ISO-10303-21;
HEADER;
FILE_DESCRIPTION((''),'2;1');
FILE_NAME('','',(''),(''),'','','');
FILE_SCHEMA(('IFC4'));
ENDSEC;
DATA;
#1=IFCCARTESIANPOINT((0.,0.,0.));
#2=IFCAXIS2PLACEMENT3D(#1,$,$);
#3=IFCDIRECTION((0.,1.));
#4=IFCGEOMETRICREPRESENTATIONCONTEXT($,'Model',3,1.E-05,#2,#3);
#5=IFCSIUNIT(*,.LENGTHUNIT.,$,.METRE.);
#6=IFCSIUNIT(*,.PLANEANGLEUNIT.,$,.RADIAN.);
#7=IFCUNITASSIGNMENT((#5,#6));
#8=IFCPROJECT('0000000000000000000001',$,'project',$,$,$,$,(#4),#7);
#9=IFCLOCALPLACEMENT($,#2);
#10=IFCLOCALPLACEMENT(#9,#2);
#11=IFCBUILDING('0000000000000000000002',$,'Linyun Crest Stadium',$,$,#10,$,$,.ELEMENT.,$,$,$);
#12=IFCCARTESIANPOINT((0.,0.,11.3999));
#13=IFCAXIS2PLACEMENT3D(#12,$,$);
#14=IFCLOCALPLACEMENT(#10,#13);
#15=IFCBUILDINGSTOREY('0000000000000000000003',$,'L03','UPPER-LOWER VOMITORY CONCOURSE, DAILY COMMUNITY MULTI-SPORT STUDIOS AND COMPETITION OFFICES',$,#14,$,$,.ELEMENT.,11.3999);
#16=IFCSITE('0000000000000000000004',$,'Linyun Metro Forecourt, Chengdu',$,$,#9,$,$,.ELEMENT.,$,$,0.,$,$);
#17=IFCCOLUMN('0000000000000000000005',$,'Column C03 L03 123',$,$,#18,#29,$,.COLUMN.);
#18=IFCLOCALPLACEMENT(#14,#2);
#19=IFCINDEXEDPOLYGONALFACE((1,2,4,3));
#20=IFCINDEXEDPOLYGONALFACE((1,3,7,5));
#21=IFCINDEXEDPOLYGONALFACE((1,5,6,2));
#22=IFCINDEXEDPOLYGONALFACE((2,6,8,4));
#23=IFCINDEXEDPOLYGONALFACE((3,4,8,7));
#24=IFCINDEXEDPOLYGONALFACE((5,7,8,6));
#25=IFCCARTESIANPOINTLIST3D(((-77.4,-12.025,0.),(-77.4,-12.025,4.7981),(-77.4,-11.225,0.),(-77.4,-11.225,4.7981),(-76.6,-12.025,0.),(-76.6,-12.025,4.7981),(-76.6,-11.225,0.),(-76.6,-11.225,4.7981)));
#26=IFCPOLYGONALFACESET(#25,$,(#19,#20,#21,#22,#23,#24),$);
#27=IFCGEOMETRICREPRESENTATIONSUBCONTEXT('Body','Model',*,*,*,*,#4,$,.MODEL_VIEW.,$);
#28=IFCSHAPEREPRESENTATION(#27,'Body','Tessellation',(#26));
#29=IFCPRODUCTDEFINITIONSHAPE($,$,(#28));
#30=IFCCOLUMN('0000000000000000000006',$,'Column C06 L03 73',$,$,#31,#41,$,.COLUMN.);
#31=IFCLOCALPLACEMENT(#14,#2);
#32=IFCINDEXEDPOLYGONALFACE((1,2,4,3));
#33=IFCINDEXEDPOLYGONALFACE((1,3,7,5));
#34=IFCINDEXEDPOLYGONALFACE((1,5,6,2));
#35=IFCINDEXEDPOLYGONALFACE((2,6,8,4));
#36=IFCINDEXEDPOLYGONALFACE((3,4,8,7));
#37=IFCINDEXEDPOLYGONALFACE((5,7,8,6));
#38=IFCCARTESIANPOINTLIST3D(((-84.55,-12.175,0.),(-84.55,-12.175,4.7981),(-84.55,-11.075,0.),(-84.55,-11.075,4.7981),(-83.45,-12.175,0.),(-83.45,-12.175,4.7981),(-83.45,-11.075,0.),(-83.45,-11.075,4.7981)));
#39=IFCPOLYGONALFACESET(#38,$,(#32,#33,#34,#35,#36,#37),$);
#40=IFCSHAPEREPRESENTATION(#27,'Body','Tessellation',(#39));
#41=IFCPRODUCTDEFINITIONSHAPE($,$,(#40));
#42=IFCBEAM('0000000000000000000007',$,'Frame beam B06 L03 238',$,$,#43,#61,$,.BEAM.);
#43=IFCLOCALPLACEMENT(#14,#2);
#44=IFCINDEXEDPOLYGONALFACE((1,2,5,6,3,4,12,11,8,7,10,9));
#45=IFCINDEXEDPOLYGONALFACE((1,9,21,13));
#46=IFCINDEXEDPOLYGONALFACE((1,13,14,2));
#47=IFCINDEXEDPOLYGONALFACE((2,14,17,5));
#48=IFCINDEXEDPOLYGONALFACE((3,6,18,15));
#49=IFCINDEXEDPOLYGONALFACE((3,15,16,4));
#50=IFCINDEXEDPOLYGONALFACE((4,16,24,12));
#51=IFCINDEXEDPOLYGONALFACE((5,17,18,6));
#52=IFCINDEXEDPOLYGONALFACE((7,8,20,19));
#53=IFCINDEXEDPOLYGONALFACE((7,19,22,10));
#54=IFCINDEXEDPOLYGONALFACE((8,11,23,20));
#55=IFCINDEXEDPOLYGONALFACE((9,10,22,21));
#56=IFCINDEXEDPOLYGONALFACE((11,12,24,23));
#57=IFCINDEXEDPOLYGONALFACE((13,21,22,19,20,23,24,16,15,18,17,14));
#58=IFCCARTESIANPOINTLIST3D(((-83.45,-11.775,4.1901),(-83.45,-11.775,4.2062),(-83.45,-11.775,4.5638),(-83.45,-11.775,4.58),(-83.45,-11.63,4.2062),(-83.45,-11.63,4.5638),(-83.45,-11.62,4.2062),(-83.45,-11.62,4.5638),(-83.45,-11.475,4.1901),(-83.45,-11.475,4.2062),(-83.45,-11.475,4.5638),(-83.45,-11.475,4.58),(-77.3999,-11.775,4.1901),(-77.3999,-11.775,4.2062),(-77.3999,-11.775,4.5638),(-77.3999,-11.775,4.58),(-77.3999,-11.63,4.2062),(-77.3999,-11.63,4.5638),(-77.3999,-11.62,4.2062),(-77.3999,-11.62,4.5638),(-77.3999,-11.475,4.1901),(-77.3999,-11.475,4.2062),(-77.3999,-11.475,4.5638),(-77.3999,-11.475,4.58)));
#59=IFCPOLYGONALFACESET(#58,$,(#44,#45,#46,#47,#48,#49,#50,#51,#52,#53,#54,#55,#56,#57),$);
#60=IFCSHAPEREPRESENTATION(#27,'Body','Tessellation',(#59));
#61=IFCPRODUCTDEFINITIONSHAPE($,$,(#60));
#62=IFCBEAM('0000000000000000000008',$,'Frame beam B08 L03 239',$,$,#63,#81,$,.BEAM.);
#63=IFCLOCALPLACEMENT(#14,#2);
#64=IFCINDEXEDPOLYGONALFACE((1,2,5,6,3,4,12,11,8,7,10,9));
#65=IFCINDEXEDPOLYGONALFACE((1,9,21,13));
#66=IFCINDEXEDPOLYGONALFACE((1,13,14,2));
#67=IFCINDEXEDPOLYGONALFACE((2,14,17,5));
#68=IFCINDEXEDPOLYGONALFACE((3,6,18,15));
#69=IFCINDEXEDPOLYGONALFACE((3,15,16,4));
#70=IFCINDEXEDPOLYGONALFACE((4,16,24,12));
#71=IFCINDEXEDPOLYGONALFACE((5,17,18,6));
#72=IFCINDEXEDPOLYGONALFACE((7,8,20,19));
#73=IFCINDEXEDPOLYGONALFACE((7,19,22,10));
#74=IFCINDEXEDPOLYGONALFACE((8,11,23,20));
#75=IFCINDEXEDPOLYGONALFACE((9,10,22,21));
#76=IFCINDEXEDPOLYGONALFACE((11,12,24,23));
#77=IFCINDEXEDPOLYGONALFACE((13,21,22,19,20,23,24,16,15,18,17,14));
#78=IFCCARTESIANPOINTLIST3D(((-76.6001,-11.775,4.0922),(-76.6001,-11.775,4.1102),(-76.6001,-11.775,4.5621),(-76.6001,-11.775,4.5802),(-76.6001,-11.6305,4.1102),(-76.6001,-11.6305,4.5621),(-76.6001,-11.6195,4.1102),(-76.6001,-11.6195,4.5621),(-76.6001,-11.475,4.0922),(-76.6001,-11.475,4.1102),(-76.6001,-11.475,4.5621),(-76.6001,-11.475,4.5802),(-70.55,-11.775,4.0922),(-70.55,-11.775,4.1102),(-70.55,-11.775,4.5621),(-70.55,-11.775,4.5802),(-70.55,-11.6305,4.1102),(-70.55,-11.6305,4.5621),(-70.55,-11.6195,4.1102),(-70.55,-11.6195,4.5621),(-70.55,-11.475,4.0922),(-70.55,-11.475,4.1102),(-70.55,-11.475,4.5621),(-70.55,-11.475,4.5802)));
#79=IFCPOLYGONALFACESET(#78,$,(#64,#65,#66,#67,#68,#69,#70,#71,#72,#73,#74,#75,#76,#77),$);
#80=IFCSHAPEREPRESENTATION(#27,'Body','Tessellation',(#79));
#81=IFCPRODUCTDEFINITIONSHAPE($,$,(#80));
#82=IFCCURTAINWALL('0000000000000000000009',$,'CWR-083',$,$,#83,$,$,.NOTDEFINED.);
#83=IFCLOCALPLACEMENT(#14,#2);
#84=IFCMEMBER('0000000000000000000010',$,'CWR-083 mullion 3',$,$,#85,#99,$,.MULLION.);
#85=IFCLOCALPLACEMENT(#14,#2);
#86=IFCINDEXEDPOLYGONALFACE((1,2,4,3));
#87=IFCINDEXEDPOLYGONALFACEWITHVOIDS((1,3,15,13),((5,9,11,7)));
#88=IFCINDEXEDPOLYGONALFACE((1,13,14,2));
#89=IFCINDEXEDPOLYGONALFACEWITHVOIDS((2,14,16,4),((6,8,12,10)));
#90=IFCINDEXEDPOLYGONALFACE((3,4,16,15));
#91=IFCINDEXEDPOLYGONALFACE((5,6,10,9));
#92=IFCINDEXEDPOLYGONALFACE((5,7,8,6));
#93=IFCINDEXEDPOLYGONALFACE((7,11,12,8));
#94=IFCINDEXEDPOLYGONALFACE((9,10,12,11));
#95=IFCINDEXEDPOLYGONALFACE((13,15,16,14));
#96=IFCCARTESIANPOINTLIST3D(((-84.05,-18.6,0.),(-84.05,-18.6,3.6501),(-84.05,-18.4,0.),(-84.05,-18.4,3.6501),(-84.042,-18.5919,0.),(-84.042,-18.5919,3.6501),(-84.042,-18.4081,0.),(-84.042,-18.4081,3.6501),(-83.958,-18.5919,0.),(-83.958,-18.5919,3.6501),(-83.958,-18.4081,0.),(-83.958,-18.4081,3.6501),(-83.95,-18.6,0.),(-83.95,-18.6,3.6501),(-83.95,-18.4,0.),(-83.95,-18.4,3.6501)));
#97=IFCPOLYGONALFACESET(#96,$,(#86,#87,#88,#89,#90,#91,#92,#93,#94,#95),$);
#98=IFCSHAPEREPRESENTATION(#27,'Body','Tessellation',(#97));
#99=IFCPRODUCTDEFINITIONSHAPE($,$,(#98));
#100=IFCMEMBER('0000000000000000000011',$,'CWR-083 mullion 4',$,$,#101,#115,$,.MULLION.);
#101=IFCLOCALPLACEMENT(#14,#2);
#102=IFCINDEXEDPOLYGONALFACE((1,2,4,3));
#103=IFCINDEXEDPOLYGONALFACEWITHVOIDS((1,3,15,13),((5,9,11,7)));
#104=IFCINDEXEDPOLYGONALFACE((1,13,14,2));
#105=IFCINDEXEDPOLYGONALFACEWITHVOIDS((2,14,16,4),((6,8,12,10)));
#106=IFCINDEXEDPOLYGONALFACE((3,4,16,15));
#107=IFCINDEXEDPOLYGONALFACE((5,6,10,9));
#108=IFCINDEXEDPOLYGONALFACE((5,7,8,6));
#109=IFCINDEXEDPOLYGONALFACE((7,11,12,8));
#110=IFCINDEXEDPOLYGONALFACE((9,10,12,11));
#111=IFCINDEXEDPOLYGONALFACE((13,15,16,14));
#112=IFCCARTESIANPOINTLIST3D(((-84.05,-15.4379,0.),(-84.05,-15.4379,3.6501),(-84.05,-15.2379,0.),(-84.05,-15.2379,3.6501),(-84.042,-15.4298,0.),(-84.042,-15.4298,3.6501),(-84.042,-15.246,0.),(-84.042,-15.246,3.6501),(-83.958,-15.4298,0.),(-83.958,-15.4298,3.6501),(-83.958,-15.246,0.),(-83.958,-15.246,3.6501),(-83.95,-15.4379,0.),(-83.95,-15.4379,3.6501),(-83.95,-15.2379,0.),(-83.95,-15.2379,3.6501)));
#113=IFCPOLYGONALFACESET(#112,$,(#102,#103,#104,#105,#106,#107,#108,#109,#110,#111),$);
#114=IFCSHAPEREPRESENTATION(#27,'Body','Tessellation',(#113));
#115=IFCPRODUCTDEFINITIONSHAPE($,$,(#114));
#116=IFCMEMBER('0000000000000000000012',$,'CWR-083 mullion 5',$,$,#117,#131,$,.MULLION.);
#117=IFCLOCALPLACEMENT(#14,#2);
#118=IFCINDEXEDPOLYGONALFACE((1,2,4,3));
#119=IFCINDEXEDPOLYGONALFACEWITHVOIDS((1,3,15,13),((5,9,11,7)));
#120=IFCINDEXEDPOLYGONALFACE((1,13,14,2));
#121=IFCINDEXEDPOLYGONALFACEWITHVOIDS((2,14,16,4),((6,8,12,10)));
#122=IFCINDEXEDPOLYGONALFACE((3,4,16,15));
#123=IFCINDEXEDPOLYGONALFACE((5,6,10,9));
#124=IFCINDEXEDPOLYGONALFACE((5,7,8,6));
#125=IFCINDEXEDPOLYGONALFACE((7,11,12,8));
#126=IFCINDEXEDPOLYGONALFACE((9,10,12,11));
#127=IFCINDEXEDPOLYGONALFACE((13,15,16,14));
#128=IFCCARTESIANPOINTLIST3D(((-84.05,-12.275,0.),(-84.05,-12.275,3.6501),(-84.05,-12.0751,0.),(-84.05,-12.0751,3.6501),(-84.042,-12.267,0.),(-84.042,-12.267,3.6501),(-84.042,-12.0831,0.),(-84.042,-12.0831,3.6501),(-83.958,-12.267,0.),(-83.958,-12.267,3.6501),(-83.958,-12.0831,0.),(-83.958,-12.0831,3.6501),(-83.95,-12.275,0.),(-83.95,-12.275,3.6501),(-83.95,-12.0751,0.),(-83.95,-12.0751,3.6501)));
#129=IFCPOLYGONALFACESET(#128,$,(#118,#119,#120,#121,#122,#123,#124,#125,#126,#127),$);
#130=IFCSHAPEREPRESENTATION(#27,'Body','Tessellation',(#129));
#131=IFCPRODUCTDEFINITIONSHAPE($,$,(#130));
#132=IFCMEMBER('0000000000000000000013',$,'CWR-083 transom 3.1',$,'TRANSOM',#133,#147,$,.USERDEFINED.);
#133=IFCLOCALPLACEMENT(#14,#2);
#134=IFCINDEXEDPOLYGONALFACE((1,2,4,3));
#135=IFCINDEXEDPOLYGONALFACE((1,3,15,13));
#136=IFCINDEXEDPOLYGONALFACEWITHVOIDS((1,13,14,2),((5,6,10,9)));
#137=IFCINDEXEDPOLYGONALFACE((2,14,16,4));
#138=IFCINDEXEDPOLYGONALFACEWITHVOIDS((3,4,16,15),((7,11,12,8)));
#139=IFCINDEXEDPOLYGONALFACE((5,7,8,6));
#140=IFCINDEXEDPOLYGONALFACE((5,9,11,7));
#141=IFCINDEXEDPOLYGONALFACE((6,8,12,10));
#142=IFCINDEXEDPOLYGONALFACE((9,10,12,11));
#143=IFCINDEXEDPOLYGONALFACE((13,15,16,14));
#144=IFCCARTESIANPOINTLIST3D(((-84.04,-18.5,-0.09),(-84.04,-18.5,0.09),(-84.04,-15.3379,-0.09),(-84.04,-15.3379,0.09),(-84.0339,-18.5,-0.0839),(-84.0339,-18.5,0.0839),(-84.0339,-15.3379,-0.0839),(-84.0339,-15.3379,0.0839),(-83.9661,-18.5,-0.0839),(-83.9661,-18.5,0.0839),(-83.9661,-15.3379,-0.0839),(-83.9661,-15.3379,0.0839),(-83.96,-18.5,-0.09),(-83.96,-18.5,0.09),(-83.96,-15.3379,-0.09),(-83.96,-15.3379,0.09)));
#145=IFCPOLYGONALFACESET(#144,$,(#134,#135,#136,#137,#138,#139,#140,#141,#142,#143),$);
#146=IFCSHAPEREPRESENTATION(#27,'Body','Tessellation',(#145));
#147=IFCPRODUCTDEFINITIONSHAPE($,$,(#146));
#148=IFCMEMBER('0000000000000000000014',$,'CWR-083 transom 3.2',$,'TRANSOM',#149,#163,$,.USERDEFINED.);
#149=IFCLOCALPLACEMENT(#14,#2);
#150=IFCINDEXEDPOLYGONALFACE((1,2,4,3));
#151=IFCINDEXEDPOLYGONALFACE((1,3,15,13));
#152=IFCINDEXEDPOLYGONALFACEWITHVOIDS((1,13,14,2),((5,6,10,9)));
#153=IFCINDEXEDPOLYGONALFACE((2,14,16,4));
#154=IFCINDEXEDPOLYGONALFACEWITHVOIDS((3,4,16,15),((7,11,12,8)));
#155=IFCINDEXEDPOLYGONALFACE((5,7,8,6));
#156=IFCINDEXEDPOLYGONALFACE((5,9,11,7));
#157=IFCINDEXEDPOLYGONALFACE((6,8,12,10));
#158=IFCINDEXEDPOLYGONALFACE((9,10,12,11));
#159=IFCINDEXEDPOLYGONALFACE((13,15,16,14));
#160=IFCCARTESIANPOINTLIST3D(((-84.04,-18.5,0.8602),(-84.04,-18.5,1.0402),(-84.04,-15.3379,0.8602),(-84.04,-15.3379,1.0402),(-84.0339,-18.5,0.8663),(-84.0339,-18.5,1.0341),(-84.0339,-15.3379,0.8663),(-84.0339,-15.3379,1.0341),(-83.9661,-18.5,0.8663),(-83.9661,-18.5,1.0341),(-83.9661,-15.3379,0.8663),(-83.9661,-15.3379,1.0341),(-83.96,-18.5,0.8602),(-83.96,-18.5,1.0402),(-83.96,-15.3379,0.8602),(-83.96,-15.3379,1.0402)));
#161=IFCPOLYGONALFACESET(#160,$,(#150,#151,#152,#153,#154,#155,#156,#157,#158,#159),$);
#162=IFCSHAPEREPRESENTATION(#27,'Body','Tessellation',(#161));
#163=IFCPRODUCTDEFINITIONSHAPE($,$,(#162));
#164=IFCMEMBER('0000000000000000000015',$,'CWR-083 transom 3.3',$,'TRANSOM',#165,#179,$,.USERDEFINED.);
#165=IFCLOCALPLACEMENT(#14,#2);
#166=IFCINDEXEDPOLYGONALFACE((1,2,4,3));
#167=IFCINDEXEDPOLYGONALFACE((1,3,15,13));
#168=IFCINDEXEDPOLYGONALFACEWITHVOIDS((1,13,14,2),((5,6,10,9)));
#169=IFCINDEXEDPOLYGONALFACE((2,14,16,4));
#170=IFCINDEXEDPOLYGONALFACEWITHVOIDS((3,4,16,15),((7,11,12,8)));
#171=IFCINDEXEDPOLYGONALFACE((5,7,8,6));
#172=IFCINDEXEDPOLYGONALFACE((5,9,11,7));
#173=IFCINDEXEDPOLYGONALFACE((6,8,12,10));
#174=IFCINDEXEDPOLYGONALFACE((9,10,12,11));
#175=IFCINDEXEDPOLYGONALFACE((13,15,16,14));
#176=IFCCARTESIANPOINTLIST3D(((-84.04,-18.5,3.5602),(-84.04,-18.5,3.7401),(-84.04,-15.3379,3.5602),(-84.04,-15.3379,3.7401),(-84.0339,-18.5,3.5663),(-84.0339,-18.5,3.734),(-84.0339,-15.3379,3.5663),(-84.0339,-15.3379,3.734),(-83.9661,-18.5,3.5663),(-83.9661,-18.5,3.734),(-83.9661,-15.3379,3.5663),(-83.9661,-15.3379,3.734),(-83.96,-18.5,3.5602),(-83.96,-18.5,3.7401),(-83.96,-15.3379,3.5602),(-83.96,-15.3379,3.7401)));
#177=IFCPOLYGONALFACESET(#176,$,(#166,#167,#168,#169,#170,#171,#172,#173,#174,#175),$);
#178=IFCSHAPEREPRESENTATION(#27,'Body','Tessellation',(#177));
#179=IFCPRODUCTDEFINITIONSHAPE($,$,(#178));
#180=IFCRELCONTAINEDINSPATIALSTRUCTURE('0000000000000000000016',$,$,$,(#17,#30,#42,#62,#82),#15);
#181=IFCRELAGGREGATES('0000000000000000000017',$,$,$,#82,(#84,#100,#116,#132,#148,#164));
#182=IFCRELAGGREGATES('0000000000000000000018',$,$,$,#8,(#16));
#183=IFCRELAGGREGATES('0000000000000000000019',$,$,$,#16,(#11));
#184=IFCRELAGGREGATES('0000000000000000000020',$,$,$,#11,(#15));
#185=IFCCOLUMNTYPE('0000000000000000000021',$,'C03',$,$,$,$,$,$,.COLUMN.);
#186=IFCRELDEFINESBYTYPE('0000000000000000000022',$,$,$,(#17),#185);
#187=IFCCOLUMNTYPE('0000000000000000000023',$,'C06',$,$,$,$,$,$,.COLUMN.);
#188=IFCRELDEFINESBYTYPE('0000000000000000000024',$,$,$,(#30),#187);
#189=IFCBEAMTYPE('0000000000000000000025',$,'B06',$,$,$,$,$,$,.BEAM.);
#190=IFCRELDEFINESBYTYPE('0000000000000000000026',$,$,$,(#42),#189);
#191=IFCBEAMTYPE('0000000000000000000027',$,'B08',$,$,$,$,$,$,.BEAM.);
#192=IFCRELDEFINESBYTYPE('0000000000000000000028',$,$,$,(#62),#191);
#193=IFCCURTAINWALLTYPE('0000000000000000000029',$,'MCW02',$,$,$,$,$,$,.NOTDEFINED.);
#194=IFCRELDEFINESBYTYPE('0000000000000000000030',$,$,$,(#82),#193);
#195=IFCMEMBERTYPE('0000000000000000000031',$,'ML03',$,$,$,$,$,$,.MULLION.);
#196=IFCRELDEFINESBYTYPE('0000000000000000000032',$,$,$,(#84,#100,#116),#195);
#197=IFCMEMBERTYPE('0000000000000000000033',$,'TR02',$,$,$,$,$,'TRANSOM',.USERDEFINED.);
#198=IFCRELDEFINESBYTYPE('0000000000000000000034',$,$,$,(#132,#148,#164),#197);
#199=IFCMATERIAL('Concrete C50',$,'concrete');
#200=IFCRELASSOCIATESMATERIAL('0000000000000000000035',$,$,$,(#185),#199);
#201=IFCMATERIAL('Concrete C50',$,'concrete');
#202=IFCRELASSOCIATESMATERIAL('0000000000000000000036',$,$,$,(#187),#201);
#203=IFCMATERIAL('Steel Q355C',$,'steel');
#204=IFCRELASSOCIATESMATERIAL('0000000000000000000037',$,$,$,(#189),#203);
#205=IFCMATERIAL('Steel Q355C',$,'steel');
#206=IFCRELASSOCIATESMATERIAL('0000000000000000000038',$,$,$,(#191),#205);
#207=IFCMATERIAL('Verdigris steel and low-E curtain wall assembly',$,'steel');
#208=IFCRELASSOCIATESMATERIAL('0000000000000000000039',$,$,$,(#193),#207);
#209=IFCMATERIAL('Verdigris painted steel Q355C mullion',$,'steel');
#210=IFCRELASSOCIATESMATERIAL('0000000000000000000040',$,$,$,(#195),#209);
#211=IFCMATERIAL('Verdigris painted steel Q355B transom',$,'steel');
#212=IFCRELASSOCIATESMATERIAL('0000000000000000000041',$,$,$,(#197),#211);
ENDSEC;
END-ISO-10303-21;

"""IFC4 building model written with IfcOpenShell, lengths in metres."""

from ifc_helpers import new_model, si_unit, direction, frame, origin, origin_2d, place, context, subcontext, project, spatial, rectangle, hollow_rectangle, i_section, extrude, material, material_profile, profile_set, type_object, element, aggregate, save


model = new_model("IFC4")

# Units and contexts
model_context = context("Model", 3, precision=1e-05, world=origin(), true_north=direction((0.0, 1.0)))
body_context = subcontext(model_context, "Body", "Model", "MODEL_VIEW")
ifc_project = project(units=[si_unit("LENGTHUNIT", "METRE"), si_unit("PLANEANGLEUNIT", "RADIAN")], contexts=[model_context])

# Site, building, storey
site_placement = place(None, origin())
site = spatial("IfcSite", under=ifc_project, at=site_placement, Name="Linyun Metro Forecourt, Chengdu", CompositionType="ELEMENT", RefElevation=0.0)
building_placement = place(site_placement, origin())
building = spatial("IfcBuilding", under=site, at=building_placement, Name="Linyun Crest Stadium", CompositionType="ELEMENT")
storey_placement = place(building_placement, frame((0.0, 0.0, 11.3999)))
storey = spatial("IfcBuildingStorey", under=building, at=storey_placement, Name="L03", Description="UPPER-LOWER VOMITORY CONCOURSE, DAILY COMMUNITY MULTI-SPORT STUDIOS AND COMPETITION OFFICES", CompositionType="ELEMENT", Elevation=11.3999)

# Columns
ifc_material_1 = material(Name="Concrete C50", Category="concrete")
ifc_material_profile_1 = material_profile(ifc_material_1, rectangle(XDim=0.8, YDim=0.8, at=origin_2d()), Name="RC 800x800")
ifc_profile_set_1 = profile_set([ifc_material_profile_1], Name="Concrete C50")
column_type_1 = type_object("IfcColumnType", Name="C03", PredefinedType="COLUMN", material=ifc_profile_set_1)
column_1_placement = place(storey_placement, frame((-77.0, -11.625, 0.0), z_axis=(0.0, 0.0, 1.0), x_axis=(1.0, 0.0, 0.0)))
element("IfcColumn", 1, at=column_1_placement, inside=storey, type_object=column_type_1, Name="Column C03 L03 123", PredefinedType="COLUMN", context=body_context, shape_type="SweptSolid", body=[
    extrude(rectangle(XDim=0.8, YDim=0.8, at=origin_2d()), origin(), (0.0, 0.0, 1.0), 4.7981),
])
ifc_material_2 = material(Name="Concrete C50", Category="concrete")
ifc_material_profile_2 = material_profile(ifc_material_2, rectangle(XDim=1.1001, YDim=1.1001, at=origin_2d()), Name="RC 1100x1100")
ifc_profile_set_2 = profile_set([ifc_material_profile_2], Name="Concrete C50")
column_type_2 = type_object("IfcColumnType", Name="C06", PredefinedType="COLUMN", material=ifc_profile_set_2)
column_2_placement = place(storey_placement, frame((-84.0, -11.625, 0.0), z_axis=(0.0, 0.0, 1.0), x_axis=(1.0, 0.0, 0.0)))
element("IfcColumn", 2, at=column_2_placement, inside=storey, type_object=column_type_2, Name="Column C06 L03 73", PredefinedType="COLUMN", context=body_context, shape_type="SweptSolid", body=[
    extrude(rectangle(XDim=1.1001, YDim=1.1001, at=origin_2d()), origin(), (0.0, 0.0, 1.0), 4.7981),
])

# Beams
ifc_material_3 = material(Name="Steel Q355C", Category="steel")
ifc_material_profile_3 = material_profile(ifc_material_3, i_section(OverallWidth=0.3, OverallDepth=0.3899, WebThickness=0.01, FlangeThickness=0.0161, at=origin_2d()), Name="HM 390x300")
ifc_profile_set_3 = profile_set([ifc_material_profile_3], Name="Steel Q355C")
beam_type_1 = type_object("IfcBeamType", Name="B06", PredefinedType="BEAM", material=ifc_profile_set_3)
beam_1_placement = place(storey_placement, frame((-83.45, -11.625, 4.385), z_axis=(1.0, 0.0, 0.0), x_axis=(0.0, 1.0, 0.0)))
element("IfcBeam", 3, at=beam_1_placement, inside=storey, type_object=beam_type_1, Name="Frame beam B06 L03 238", PredefinedType="BEAM", context=body_context, shape_type="SweptSolid", body=[
    extrude(i_section(OverallWidth=0.3, OverallDepth=0.3899, WebThickness=0.01, FlangeThickness=0.0161, at=origin_2d()), origin(), (0.0, 0.0, 1.0), 6.05),
])
ifc_material_4 = material(Name="Steel Q355C", Category="steel")
ifc_material_profile_4 = material_profile(ifc_material_4, i_section(OverallWidth=0.3, OverallDepth=0.488, WebThickness=0.011, FlangeThickness=0.0181, at=origin_2d()), Name="HM 488x300")
ifc_profile_set_4 = profile_set([ifc_material_profile_4], Name="Steel Q355C")
beam_type_2 = type_object("IfcBeamType", Name="B08", PredefinedType="BEAM", material=ifc_profile_set_4)
beam_2_placement = place(storey_placement, frame((-76.6001, -11.625, 4.3362), z_axis=(1.0, 0.0, 0.0), x_axis=(0.0, 1.0, 0.0)))
element("IfcBeam", 4, at=beam_2_placement, inside=storey, type_object=beam_type_2, Name="Frame beam B08 L03 239", PredefinedType="BEAM", context=body_context, shape_type="SweptSolid", body=[
    extrude(i_section(OverallWidth=0.3, OverallDepth=0.488, WebThickness=0.011, FlangeThickness=0.0181, at=origin_2d()), origin(), (0.0, 0.0, 1.0), 6.05),
])

# Curtain wall, members
ifc_material_5 = material(Name="Verdigris steel and low-E curtain wall assembly", Category="steel")
curtain_wall_type = type_object("IfcCurtainWallType", Name="MCW02", PredefinedType="NOTDEFINED", material=ifc_material_5)
curtain_wall_placement = place(storey_placement, origin())
curtain_wall = element("IfcCurtainWall", 5, at=curtain_wall_placement, inside=storey, type_object=curtain_wall_type, Name="CWR-083", PredefinedType="NOTDEFINED")
ifc_material_6 = material(Name="Verdigris painted steel Q355C mullion", Category="steel")
ifc_material_profile_5 = material_profile(ifc_material_6, hollow_rectangle(XDim=0.1001, YDim=0.2, WallThickness=0.0081, at=origin_2d()), Name="RHS 200x100x8")
ifc_profile_set_5 = profile_set([ifc_material_profile_5], Name="Verdigris painted steel Q355C mullion")
member_type_1 = type_object("IfcMemberType", Name="ML03", PredefinedType="MULLION", material=ifc_profile_set_5)
member_1_placement = place(storey_placement, frame((-84.0, -18.5, 0.0), z_axis=(0.0, 0.0, 1.0), x_axis=(-1.0, 0.0, 0.0)))
member_1 = element("IfcMember", 6, at=member_1_placement, type_object=member_type_1, Name="CWR-083 mullion 3", PredefinedType="MULLION", context=body_context, shape_type="SweptSolid", body=[
    extrude(hollow_rectangle(XDim=0.1001, YDim=0.2, WallThickness=0.0081, at=origin_2d()), origin(), (0.0, 0.0, 1.0), 3.6501),
])
member_2_placement = place(storey_placement, frame((-84.0, -15.3379, 0.0), z_axis=(0.0, 0.0, 1.0), x_axis=(-1.0, 0.0, 0.0)))
member_2 = element("IfcMember", 7, at=member_2_placement, type_object=member_type_1, Name="CWR-083 mullion 4", PredefinedType="MULLION", context=body_context, shape_type="SweptSolid", body=[
    extrude(hollow_rectangle(XDim=0.1001, YDim=0.2, WallThickness=0.0081, at=origin_2d()), origin(), (0.0, 0.0, 1.0), 3.6501),
])
member_3_placement = place(storey_placement, frame((-84.0, -12.175, 0.0), z_axis=(0.0, 0.0, 1.0), x_axis=(-1.0, 0.0, 0.0)))
member_3 = element("IfcMember", 8, at=member_3_placement, type_object=member_type_1, Name="CWR-083 mullion 5", PredefinedType="MULLION", context=body_context, shape_type="SweptSolid", body=[
    extrude(hollow_rectangle(XDim=0.1001, YDim=0.2, WallThickness=0.0081, at=origin_2d()), origin(), (0.0, 0.0, 1.0), 3.6501),
])
ifc_material_7 = material(Name="Verdigris painted steel Q355B transom", Category="steel")
ifc_material_profile_6 = material_profile(ifc_material_7, hollow_rectangle(XDim=0.0801, YDim=0.1799, WallThickness=0.0061, at=origin_2d()), Name="RHS 180x80x6")
ifc_profile_set_6 = profile_set([ifc_material_profile_6], Name="Verdigris painted steel Q355B transom")
member_type_2 = type_object("IfcMemberType", Name="TR02", ElementType="TRANSOM", PredefinedType="USERDEFINED", material=ifc_profile_set_6)
member_4_placement = place(storey_placement, frame((-84.0, -18.5, 0.0), z_axis=(0.0, 1.0, 0.0), x_axis=(-1.0, 0.0, 0.0)))
member_4 = element("IfcMember", 9, at=member_4_placement, type_object=member_type_2, Name="CWR-083 transom 3.1", ObjectType="TRANSOM", PredefinedType="USERDEFINED", context=body_context, shape_type="SweptSolid", body=[
    extrude(hollow_rectangle(XDim=0.0801, YDim=0.1799, WallThickness=0.0061, at=origin_2d()), origin(), (0.0, 0.0, 1.0), 3.1621),
])
member_5_placement = place(storey_placement, frame((-84.0, -18.5, 0.9502), z_axis=(0.0, 1.0, 0.0), x_axis=(-1.0, 0.0, 0.0)))
member_5 = element("IfcMember", 10, at=member_5_placement, type_object=member_type_2, Name="CWR-083 transom 3.2", ObjectType="TRANSOM", PredefinedType="USERDEFINED", context=body_context, shape_type="SweptSolid", body=[
    extrude(hollow_rectangle(XDim=0.0801, YDim=0.1799, WallThickness=0.0061, at=origin_2d()), origin(), (0.0, 0.0, 1.0), 3.1621),
])
member_6_placement = place(storey_placement, frame((-84.0, -18.5, 3.6501), z_axis=(0.0, 1.0, 0.0), x_axis=(-1.0, 0.0, 0.0)))
member_6 = element("IfcMember", 11, at=member_6_placement, type_object=member_type_2, Name="CWR-083 transom 3.3", ObjectType="TRANSOM", PredefinedType="USERDEFINED", context=body_context, shape_type="SweptSolid", body=[
    extrude(hollow_rectangle(XDim=0.0801, YDim=0.1799, WallThickness=0.0061, at=origin_2d()), origin(), (0.0, 0.0, 1.0), 3.1621),
])
aggregate(curtain_wall, [member_1, member_2, member_3, member_4, member_5, member_6])

save(model, "model.ifc")
